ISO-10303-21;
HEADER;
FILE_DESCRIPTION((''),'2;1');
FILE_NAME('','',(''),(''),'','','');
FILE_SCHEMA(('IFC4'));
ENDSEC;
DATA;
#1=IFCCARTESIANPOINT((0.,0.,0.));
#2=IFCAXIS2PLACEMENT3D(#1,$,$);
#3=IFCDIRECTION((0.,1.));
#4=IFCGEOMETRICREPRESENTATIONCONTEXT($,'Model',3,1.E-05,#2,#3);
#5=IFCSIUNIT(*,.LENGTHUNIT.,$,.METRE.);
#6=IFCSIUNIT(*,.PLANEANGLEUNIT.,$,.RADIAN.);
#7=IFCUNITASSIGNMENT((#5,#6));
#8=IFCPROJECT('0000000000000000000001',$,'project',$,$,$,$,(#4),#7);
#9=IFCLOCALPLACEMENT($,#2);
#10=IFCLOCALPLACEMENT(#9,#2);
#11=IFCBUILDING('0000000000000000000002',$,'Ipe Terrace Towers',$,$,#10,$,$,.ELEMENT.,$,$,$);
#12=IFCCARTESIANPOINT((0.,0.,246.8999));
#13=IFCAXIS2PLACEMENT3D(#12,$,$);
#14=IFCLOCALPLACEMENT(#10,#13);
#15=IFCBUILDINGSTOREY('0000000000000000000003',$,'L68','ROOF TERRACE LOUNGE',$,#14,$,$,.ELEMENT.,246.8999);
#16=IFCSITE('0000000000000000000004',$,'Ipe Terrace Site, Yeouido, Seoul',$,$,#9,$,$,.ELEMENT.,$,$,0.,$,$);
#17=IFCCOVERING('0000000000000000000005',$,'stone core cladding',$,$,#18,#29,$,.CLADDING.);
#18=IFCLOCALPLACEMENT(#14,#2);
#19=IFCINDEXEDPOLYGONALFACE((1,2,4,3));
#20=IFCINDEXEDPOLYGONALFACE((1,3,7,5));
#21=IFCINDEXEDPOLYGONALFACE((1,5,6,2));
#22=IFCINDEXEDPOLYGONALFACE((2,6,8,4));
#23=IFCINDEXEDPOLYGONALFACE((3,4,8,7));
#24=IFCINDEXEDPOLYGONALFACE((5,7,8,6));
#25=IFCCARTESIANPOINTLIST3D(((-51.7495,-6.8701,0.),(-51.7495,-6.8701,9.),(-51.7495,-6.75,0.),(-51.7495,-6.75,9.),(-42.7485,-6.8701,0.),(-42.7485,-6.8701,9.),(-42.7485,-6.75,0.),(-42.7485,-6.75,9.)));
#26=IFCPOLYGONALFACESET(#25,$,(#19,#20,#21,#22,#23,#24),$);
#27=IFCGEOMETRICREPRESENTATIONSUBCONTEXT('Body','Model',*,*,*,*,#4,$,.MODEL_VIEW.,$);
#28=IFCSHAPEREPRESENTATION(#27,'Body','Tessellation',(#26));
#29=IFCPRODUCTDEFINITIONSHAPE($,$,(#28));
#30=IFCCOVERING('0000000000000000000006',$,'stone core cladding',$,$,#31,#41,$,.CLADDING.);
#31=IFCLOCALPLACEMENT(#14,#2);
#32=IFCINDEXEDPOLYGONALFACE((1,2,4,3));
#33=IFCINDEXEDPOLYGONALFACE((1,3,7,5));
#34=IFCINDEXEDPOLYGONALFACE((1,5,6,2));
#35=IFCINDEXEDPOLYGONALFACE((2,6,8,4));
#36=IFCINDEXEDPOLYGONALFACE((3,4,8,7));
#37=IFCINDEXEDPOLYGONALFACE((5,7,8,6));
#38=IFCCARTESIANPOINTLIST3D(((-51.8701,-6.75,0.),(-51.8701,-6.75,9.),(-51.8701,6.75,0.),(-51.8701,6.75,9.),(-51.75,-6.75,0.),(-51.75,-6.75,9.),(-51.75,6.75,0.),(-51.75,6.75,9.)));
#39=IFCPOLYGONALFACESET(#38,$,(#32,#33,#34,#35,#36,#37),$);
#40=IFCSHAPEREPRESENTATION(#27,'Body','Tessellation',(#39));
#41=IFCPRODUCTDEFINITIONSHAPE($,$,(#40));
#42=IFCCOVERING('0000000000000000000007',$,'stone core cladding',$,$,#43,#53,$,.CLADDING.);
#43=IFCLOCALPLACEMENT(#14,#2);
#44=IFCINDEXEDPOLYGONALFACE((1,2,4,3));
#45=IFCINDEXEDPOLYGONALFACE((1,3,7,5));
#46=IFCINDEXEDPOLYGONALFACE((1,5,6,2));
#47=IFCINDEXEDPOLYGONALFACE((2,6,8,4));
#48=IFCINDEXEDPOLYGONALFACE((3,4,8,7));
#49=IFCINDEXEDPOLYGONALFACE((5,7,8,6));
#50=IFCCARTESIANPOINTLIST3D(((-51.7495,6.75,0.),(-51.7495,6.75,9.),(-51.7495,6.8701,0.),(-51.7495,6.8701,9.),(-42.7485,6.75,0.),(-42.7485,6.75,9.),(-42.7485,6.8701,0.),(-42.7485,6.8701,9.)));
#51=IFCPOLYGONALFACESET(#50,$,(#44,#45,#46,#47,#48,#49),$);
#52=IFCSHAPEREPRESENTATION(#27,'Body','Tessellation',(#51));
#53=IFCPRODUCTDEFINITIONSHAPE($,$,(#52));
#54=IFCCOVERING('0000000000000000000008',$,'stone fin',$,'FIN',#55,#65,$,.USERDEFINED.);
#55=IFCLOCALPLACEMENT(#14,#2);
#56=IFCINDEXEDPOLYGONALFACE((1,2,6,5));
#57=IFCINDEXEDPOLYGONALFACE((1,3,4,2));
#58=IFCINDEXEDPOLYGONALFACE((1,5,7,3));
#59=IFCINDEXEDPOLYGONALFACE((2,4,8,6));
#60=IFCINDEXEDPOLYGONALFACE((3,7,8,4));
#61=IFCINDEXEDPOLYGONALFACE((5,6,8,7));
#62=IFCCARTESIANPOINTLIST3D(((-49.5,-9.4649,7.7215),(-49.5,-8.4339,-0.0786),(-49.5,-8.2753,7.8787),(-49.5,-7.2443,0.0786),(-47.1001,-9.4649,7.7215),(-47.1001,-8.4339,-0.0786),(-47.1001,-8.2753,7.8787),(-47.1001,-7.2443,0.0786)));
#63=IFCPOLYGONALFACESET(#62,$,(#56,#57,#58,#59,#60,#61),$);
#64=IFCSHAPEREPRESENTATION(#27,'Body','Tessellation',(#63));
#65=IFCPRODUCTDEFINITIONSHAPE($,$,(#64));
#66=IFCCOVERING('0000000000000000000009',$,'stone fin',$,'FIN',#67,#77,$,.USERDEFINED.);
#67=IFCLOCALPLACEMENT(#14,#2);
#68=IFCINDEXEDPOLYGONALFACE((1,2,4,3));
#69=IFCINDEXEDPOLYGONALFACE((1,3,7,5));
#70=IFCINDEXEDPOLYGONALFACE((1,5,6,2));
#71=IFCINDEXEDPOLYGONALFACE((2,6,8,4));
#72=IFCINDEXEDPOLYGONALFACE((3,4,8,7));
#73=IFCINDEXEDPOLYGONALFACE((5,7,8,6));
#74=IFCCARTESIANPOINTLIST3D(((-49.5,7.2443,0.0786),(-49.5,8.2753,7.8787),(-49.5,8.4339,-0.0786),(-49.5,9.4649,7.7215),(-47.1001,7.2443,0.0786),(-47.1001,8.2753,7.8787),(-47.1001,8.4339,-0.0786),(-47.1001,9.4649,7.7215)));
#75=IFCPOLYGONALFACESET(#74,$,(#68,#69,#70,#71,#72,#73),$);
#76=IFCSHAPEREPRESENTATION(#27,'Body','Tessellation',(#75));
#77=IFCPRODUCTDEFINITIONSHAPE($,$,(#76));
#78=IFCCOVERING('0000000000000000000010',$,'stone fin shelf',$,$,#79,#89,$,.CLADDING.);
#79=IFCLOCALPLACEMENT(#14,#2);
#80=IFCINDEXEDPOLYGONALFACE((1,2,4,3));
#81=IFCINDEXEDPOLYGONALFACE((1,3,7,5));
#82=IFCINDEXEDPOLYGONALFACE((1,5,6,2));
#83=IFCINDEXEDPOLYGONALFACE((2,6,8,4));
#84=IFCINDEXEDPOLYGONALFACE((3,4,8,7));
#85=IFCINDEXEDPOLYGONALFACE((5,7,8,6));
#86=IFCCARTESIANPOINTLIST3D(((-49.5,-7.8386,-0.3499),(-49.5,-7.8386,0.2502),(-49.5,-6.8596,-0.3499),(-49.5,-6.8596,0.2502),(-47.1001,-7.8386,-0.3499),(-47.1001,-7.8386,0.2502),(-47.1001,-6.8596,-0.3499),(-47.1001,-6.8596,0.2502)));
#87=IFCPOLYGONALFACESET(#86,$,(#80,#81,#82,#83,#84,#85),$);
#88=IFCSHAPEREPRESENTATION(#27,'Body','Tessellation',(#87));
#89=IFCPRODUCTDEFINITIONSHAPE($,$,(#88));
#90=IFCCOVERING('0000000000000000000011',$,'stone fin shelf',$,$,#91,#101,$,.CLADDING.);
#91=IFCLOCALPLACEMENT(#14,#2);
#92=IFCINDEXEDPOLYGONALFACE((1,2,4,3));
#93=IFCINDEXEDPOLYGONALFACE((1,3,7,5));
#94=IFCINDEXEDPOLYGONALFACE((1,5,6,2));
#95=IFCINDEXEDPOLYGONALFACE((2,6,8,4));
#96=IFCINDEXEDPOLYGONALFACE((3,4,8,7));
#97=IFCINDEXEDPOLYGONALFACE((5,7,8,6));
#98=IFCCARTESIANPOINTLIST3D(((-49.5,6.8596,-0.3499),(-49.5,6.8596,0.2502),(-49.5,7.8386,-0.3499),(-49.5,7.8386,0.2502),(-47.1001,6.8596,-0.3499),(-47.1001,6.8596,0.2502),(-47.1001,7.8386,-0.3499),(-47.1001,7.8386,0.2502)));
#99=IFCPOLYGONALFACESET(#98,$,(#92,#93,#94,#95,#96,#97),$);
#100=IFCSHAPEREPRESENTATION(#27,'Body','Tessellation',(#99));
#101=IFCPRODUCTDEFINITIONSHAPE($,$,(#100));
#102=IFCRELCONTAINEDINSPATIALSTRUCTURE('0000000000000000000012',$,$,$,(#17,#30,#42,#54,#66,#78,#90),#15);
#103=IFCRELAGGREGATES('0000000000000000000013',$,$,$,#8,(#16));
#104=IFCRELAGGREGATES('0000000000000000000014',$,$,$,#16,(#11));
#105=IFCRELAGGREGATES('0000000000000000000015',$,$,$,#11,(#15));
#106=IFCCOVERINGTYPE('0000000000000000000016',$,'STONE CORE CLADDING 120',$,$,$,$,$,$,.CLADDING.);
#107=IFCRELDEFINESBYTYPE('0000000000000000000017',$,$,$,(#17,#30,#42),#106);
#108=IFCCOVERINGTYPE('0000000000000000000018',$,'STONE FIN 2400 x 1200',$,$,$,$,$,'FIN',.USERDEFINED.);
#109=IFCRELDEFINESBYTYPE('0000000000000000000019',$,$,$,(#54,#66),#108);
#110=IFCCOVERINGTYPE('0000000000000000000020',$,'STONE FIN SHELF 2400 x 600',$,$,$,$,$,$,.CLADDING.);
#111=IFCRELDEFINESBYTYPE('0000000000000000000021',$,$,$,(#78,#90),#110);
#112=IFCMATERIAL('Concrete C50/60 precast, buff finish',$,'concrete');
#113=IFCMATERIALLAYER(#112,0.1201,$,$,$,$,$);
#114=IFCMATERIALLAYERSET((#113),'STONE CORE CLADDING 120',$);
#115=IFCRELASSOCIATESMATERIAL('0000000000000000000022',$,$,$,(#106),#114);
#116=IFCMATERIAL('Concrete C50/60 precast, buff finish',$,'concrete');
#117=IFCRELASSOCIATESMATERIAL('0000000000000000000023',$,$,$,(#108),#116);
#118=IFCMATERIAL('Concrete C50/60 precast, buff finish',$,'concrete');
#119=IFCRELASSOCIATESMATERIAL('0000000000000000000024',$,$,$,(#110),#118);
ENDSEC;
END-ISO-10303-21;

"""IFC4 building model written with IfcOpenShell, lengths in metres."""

from ifc_helpers import new_model, si_unit, direction, frame, origin, origin_2d, place, context, subcontext, project, spatial, rectangle, extrude, material, layer, layer_set, material_profile, profile_set, type_object, element, save


model = new_model("IFC4")

# Units and contexts
model_context = context("Model", 3, precision=1e-05, world=origin(), true_north=direction((0.0, 1.0)))
body_context = subcontext(model_context, "Body", "Model", "MODEL_VIEW")
ifc_project = project(units=[si_unit("LENGTHUNIT", "METRE"), si_unit("PLANEANGLEUNIT", "RADIAN")], contexts=[model_context])

# Site, building, storey
site_placement = place(None, origin())
site = spatial("IfcSite", under=ifc_project, at=site_placement, Name="Ipe Terrace Site, Yeouido, Seoul", CompositionType="ELEMENT", RefElevation=0.0)
building_placement = place(site_placement, origin())
building = spatial("IfcBuilding", under=site, at=building_placement, Name="Ipe Terrace Towers", CompositionType="ELEMENT")
storey_placement = place(building_placement, frame((0.0, 0.0, 246.8999)))
storey = spatial("IfcBuildingStorey", under=building, at=storey_placement, Name="L68", Description="ROOF TERRACE LOUNGE", CompositionType="ELEMENT", Elevation=246.8999)

# Coverings
ifc_material_1 = material(Name="Concrete C50/60 precast, buff finish", Category="concrete")
ifc_layer_1 = layer(ifc_material_1, 0.1201)
ifc_layer_set_1 = layer_set([ifc_layer_1], Name="STONE CORE CLADDING 120")
covering_type_1 = type_object("IfcCoveringType", Name="STONE CORE CLADDING 120", PredefinedType="CLADDING", material=ifc_layer_set_1)
covering_1_placement = place(storey_placement, frame((-47.249, -6.8101, 0.0), z_axis=(0.0, 0.0, 1.0), x_axis=(1.0, 0.0, 0.0)))
element("IfcCovering", 1, at=covering_1_placement, inside=storey, type_object=covering_type_1, Name="stone core cladding", PredefinedType="CLADDING", context=body_context, shape_type="SweptSolid", body=[
    extrude(rectangle(XDim=9.001, YDim=0.1201, at=origin_2d()), origin(), (0.0, 0.0, 1.0), 9.0),
])
covering_2_placement = place(storey_placement, frame((-51.8101, 0.0, 0.0), z_axis=(0.0, 0.0, 1.0), x_axis=(0.0, -1.0, 0.0)))
element("IfcCovering", 2, at=covering_2_placement, inside=storey, type_object=covering_type_1, Name="stone core cladding", PredefinedType="CLADDING", context=body_context, shape_type="SweptSolid", body=[
    extrude(rectangle(XDim=13.5, YDim=0.1201, at=origin_2d()), origin(), (0.0, 0.0, 1.0), 9.0),
])
covering_3_placement = place(storey_placement, frame((-47.249, 6.8101, 0.0), z_axis=(0.0, 0.0, 1.0), x_axis=(-1.0, 0.0, 0.0)))
element("IfcCovering", 3, at=covering_3_placement, inside=storey, type_object=covering_type_1, Name="stone core cladding", PredefinedType="CLADDING", context=body_context, shape_type="SweptSolid", body=[
    extrude(rectangle(XDim=9.001, YDim=0.1201, at=origin_2d()), origin(), (0.0, 0.0, 1.0), 9.0),
])
ifc_material_2 = material(Name="Concrete C50/60 precast, buff finish", Category="concrete")
ifc_material_profile = material_profile(ifc_material_2, rectangle(XDim=2.3999, YDim=1.2, at=origin_2d()), Name="STONE FIN 2400 x 1200")
ifc_profile_set = profile_set([ifc_material_profile], Name="Concrete C50/60 precast, buff finish")
covering_type_2 = type_object("IfcCoveringType", Name="STONE FIN 2400 x 1200", ElementType="FIN", PredefinedType="USERDEFINED", material=ifc_profile_set)
for number, where, z_axis, x_axis, name in (
    (4, (-48.3, -7.8391, 0.0), (0.0, -0.13104, 0.991377), (1.0, 0.0, 0.0), "stone fin"),
    (5, (-48.3, 7.8391, 0.0), (0.0, 0.13104, 0.991377), (-1.0, 0.0, 0.0), "stone fin"),
):
    element("IfcCovering", number, at=place(storey_placement, frame(where, z_axis=z_axis, x_axis=x_axis)), inside=storey, type_object=covering_type_2, Name=name, ObjectType="FIN", PredefinedType="USERDEFINED", context=body_context, shape_type="SweptSolid", body=[
        extrude(rectangle(XDim=2.3999, YDim=1.2, at=origin_2d()), origin(), (0.0, 0.0, 1.0), 7.8679),
    ])
ifc_material_3 = material(Name="Concrete C50/60 precast, buff finish", Category="concrete")
covering_type_3 = type_object("IfcCoveringType", Name="STONE FIN SHELF 2400 x 600", PredefinedType="CLADDING", material=ifc_material_3)
for number, where, z_axis, x_axis, name in (
    (6, (-48.3, -7.3491, -0.3499), (0.0, 0.0, 1.0), (1.0, 0.0, 0.0), "stone fin shelf"),
    (7, (-48.3, 7.3491, -0.3499), (0.0, 0.0, 1.0), (-1.0, 0.0, 0.0), "stone fin shelf"),
):
    element("IfcCovering", number, at=place(storey_placement, frame(where, z_axis=z_axis, x_axis=x_axis)), inside=storey, type_object=covering_type_3, Name=name, PredefinedType="CLADDING", context=body_context, shape_type="SweptSolid", body=[
        extrude(rectangle(XDim=2.3999, YDim=0.979, at=origin_2d()), origin(), (0.0, 0.0, 1.0), 0.6001),
    ])

save(model, "model.ifc")
